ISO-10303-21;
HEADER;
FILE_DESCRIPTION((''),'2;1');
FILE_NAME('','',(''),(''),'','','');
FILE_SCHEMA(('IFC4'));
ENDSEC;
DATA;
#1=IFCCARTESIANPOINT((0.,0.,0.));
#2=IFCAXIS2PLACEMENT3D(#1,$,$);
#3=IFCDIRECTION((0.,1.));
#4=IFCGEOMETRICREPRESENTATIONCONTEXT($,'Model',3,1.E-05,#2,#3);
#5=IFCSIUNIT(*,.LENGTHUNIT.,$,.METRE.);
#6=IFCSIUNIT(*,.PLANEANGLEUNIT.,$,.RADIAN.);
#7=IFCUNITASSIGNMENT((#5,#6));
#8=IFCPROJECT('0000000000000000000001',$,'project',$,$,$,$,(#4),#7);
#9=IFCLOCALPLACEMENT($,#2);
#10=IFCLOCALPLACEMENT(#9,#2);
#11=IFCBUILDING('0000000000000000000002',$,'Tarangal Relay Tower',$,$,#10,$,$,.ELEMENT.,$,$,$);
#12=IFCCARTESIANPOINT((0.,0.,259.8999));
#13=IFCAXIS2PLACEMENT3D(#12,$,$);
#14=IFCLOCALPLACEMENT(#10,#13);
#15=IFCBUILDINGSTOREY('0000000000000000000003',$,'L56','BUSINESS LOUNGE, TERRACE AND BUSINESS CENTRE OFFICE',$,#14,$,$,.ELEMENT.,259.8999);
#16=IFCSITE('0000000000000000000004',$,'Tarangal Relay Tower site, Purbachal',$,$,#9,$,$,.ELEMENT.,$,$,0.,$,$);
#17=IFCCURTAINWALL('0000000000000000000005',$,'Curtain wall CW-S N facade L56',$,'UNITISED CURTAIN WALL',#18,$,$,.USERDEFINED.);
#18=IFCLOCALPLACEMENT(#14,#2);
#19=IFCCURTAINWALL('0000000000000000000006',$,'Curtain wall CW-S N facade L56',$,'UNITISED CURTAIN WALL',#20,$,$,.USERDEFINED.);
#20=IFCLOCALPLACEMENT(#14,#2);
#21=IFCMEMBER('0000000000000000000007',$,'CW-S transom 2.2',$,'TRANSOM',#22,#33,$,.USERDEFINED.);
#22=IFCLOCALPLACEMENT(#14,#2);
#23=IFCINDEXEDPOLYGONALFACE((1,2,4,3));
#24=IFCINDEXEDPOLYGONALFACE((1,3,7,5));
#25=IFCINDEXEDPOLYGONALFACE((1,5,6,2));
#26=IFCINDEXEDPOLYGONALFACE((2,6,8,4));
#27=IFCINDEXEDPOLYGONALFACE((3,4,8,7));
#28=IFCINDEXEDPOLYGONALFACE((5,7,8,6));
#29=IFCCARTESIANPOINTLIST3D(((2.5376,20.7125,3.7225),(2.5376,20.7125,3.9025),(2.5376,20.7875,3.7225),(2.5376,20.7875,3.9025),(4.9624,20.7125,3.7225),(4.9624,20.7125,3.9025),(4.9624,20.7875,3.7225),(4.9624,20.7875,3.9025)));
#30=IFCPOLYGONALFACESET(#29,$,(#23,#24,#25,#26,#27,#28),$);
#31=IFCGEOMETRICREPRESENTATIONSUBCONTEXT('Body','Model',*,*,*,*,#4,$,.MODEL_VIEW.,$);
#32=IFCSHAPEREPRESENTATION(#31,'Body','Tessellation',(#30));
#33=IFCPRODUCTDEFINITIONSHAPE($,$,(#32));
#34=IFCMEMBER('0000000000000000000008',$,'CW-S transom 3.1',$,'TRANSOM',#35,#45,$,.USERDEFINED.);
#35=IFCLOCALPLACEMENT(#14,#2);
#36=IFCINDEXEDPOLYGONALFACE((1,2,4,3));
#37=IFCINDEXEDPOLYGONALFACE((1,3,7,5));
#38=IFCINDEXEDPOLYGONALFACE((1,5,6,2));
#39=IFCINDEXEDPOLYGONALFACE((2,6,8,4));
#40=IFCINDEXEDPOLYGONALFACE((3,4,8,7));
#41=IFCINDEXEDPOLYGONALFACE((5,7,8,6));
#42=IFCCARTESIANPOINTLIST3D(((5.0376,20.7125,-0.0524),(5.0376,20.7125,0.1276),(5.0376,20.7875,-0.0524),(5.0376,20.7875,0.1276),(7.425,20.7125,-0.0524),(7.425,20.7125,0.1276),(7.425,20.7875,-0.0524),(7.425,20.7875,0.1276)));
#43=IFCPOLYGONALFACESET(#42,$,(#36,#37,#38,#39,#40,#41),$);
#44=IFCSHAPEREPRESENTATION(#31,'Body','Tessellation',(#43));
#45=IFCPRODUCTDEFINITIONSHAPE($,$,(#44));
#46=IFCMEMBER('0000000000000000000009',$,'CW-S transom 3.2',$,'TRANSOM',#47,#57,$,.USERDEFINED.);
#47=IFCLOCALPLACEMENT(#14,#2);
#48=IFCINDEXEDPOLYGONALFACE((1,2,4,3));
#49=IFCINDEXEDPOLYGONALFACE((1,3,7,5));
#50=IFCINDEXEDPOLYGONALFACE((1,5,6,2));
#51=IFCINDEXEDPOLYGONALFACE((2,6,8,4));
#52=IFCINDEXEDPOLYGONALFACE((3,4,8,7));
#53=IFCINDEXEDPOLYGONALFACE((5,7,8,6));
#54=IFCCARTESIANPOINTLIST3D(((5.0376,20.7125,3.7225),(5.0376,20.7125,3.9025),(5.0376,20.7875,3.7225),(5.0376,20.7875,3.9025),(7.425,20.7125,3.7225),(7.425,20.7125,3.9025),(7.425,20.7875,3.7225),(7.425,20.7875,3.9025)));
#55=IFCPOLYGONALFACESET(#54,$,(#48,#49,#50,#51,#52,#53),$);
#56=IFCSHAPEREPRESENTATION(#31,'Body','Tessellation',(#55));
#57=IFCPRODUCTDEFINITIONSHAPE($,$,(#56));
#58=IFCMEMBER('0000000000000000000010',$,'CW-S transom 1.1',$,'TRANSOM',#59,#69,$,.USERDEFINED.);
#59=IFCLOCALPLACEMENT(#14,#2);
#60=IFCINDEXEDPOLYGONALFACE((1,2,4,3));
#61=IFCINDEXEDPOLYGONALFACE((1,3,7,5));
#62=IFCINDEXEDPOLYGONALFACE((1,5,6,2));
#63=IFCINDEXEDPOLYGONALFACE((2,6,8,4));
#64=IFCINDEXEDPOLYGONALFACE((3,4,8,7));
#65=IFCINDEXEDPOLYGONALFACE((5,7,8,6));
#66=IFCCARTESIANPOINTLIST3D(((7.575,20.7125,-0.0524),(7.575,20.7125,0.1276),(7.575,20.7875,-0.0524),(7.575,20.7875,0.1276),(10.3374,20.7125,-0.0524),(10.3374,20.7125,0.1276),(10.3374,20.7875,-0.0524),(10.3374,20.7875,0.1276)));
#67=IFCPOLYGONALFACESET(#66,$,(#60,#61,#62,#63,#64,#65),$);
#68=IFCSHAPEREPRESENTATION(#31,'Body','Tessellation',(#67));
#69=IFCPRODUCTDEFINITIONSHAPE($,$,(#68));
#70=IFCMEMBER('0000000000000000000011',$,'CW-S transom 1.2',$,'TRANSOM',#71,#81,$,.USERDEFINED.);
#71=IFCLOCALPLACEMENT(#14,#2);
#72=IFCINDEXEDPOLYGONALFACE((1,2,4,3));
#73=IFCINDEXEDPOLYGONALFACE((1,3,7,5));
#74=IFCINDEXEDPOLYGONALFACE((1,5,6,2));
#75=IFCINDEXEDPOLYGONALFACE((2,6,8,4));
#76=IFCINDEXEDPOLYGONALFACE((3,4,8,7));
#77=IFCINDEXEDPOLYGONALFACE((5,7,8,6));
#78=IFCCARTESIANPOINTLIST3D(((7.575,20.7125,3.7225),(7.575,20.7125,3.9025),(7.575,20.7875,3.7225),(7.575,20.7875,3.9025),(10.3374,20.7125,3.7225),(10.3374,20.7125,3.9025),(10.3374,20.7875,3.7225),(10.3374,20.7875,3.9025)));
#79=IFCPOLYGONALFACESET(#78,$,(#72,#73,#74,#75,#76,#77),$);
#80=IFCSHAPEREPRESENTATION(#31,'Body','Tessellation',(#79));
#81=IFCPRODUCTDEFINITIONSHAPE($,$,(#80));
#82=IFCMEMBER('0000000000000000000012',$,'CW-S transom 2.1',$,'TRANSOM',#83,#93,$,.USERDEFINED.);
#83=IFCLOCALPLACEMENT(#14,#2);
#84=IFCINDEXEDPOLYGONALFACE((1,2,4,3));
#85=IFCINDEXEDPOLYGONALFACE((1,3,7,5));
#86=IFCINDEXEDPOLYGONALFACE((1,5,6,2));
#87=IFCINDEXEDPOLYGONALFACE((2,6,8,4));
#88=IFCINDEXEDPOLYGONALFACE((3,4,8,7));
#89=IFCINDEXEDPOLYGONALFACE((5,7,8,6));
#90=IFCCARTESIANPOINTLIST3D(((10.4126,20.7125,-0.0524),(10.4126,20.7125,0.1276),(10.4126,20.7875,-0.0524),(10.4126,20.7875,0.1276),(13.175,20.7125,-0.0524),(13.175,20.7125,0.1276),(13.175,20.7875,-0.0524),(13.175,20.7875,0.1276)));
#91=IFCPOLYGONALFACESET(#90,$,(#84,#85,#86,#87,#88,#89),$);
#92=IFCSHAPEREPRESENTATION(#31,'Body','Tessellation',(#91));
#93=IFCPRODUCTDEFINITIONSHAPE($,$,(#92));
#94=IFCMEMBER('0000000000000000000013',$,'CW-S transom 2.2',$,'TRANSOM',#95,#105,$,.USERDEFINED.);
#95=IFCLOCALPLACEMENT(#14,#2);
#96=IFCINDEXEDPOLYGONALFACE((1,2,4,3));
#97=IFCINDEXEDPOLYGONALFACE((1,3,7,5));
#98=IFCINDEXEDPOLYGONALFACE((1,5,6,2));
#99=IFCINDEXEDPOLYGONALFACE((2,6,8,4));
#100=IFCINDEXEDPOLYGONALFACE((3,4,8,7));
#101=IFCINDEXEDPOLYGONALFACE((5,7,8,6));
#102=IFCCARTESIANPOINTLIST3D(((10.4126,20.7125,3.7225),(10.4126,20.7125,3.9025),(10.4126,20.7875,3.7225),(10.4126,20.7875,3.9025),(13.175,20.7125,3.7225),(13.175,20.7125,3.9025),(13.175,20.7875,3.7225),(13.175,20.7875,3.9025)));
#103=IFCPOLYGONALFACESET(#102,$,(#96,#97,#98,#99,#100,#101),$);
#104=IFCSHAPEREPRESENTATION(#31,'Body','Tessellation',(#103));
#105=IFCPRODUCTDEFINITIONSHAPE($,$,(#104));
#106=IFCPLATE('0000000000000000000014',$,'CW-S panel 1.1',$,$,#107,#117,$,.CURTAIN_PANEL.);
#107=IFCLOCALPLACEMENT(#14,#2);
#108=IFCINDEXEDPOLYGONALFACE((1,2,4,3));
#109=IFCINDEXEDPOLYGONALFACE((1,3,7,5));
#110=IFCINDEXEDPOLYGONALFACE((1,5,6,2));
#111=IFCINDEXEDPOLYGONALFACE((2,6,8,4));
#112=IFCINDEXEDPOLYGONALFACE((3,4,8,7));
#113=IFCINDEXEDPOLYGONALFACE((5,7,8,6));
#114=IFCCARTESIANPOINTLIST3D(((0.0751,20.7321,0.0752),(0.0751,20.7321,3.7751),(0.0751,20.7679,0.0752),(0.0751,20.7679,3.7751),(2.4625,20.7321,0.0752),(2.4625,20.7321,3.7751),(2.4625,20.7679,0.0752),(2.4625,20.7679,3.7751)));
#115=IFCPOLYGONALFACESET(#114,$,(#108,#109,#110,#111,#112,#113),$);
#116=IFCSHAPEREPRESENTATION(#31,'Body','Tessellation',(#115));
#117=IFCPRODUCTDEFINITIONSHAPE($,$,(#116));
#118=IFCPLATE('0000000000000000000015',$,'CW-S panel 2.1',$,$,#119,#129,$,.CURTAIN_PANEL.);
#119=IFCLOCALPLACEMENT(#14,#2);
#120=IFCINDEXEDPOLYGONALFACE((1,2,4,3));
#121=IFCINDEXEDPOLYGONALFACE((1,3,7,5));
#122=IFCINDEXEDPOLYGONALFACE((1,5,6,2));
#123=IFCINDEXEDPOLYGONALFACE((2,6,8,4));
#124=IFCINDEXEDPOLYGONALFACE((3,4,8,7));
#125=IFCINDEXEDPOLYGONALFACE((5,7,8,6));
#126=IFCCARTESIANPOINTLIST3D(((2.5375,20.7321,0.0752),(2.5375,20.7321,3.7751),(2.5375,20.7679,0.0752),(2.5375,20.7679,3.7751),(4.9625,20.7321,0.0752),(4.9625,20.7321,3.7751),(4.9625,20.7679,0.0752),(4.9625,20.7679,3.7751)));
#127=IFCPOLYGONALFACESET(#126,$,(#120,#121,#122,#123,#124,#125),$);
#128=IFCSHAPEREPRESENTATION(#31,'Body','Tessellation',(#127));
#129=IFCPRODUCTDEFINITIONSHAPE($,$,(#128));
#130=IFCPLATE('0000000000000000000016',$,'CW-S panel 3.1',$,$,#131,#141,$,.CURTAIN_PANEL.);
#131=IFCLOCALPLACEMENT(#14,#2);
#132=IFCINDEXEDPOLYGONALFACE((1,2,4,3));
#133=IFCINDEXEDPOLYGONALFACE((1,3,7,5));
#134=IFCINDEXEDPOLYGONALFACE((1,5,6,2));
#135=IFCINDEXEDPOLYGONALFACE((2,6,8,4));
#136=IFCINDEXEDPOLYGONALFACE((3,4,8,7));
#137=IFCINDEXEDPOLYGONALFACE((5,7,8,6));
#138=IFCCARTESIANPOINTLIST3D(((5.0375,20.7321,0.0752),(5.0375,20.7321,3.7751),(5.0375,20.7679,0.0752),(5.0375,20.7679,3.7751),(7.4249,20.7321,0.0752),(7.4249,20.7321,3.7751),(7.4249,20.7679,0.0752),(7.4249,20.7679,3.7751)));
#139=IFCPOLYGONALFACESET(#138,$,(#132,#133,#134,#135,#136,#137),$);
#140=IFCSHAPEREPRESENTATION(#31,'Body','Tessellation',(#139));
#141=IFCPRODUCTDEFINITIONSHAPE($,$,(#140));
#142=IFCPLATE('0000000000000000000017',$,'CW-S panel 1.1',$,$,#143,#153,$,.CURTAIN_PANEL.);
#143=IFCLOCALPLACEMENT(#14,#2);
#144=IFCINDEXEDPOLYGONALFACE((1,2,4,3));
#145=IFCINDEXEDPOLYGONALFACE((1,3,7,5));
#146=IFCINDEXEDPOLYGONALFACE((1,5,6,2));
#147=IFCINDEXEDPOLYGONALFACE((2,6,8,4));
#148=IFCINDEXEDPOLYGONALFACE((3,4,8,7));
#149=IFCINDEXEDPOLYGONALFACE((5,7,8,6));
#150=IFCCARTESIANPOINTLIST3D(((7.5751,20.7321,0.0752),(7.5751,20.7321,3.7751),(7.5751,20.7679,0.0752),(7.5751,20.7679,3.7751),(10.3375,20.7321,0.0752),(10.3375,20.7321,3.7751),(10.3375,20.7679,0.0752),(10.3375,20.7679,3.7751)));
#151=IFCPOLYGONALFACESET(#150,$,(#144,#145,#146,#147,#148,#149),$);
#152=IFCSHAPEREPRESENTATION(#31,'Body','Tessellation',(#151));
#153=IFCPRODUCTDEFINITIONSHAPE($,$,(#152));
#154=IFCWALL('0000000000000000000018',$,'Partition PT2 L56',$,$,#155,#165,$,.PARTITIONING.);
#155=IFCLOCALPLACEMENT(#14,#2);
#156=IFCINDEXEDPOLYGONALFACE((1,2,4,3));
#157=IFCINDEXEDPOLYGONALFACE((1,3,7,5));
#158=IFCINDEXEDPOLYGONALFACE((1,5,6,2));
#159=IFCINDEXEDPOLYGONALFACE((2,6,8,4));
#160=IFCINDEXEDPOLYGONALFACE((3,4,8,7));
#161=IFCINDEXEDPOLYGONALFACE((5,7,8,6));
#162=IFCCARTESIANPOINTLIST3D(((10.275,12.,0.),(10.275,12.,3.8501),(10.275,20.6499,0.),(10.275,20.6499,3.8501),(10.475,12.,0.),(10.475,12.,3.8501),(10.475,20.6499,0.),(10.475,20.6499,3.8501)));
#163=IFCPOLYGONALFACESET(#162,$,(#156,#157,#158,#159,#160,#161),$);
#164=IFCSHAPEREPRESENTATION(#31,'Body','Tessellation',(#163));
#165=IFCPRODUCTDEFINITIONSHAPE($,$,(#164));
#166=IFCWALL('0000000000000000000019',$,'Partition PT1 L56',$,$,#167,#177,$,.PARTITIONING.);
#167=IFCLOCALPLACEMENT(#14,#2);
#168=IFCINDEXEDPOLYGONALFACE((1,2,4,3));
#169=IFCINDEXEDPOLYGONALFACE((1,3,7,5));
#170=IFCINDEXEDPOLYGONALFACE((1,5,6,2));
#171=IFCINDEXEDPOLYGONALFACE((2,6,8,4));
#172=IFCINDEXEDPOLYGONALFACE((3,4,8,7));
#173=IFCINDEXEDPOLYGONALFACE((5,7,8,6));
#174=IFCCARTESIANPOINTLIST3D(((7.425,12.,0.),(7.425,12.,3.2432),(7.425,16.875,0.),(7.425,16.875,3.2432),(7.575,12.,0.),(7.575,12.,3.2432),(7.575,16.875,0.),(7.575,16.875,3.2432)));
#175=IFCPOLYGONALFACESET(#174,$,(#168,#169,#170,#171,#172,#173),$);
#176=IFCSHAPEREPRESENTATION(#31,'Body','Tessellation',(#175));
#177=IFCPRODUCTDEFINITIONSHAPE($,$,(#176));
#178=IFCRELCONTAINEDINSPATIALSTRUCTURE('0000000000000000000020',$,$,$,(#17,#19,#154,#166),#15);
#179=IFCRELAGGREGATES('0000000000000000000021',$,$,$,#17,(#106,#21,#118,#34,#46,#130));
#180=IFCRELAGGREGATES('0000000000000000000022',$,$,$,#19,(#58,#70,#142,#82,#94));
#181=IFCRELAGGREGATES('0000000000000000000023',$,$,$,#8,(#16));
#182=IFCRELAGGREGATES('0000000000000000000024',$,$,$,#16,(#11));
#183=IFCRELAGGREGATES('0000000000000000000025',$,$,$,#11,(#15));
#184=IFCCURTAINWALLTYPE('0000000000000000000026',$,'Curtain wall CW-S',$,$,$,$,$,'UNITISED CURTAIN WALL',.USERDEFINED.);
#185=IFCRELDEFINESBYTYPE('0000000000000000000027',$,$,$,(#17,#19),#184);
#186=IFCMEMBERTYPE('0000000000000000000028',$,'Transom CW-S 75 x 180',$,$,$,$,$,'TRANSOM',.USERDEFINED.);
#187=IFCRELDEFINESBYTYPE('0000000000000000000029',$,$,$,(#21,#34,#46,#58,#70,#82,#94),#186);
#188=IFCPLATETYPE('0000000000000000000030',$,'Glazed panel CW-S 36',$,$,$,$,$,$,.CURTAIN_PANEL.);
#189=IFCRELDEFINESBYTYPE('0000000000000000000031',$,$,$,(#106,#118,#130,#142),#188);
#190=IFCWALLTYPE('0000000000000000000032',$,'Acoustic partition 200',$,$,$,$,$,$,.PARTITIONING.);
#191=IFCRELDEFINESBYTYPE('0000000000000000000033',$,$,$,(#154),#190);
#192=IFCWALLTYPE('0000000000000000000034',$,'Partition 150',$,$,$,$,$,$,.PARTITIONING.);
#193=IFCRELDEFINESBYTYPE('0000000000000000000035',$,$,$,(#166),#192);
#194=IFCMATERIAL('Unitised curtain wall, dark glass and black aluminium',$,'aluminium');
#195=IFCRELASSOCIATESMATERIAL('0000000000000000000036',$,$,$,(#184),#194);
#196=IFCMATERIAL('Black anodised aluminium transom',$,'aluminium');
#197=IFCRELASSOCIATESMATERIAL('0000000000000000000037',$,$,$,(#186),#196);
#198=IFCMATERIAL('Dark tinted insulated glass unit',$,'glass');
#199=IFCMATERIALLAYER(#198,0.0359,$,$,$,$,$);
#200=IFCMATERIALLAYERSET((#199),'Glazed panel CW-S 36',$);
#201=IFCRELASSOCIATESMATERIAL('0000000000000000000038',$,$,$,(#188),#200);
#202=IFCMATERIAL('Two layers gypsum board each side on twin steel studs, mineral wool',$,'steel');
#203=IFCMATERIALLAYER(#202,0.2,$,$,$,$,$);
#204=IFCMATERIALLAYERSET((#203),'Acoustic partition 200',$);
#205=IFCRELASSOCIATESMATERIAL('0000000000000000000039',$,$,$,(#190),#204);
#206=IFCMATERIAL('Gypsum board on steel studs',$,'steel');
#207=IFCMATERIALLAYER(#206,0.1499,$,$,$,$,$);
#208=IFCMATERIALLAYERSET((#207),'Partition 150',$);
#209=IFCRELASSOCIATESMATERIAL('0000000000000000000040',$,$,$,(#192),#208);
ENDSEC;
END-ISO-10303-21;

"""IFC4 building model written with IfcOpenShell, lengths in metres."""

from ifc_helpers import new_model, si_unit, direction, frame, frame_2d, origin, origin_2d, place, context, subcontext, project, spatial, rectangle, extrude, material, layer, layer_set, material_profile, profile_set, type_object, element, aggregate, save


model = new_model("IFC4")

# Units and contexts
model_context = context("Model", 3, precision=1e-05, world=origin(), true_north=direction((0.0, 1.0)))
body_context = subcontext(model_context, "Body", "Model", "MODEL_VIEW")
ifc_project = project(units=[si_unit("LENGTHUNIT", "METRE"), si_unit("PLANEANGLEUNIT", "RADIAN")], contexts=[model_context])

# Site, building, storey
site_placement = place(None, origin())
site = spatial("IfcSite", under=ifc_project, at=site_placement, Name="Tarangal Relay Tower site, Purbachal", CompositionType="ELEMENT", RefElevation=0.0)
building_placement = place(site_placement, origin())
building = spatial("IfcBuilding", under=site, at=building_placement, Name="Tarangal Relay Tower", CompositionType="ELEMENT")
storey_placement = place(building_placement, frame((0.0, 0.0, 259.8999)))
storey = spatial("IfcBuildingStorey", under=building, at=storey_placement, Name="L56", Description="BUSINESS LOUNGE, TERRACE AND BUSINESS CENTRE OFFICE", CompositionType="ELEMENT", Elevation=259.8999)

# Curtain walls
ifc_material_1 = material(Name="Unitised curtain wall, dark glass and black aluminium", Category="aluminium")
curtain_wall_type = type_object("IfcCurtainWallType", Name="Curtain wall CW-S", ElementType="UNITISED CURTAIN WALL", PredefinedType="USERDEFINED", material=ifc_material_1)
curtain_wall_1_placement = place(storey_placement, origin())
curtain_wall_1 = element("IfcCurtainWall", 1, at=curtain_wall_1_placement, inside=storey, type_object=curtain_wall_type, Name="Curtain wall CW-S N facade L56", ObjectType="UNITISED CURTAIN WALL", PredefinedType="USERDEFINED")
curtain_wall_2_placement = place(storey_placement, origin())
curtain_wall_2 = element("IfcCurtainWall", 2, at=curtain_wall_2_placement, inside=storey, type_object=curtain_wall_type, Name="Curtain wall CW-S N facade L56", ObjectType="UNITISED CURTAIN WALL", PredefinedType="USERDEFINED")

# Members
ifc_material_2 = material(Name="Black anodised aluminium transom", Category="aluminium")
ifc_material_profile_1 = material_profile(ifc_material_2, rectangle(XDim=0.075, YDim=0.1799, at=origin_2d()), Name="CW-ST 75X180")
ifc_profile_set_1 = profile_set([ifc_material_profile_1], Name="Black anodised aluminium transom")
member_type_1 = type_object("IfcMemberType", Name="Transom CW-S 75 x 180", ElementType="TRANSOM", PredefinedType="USERDEFINED", material=ifc_profile_set_1)
member_1_placement = place(storey_placement, frame((2.5376, 20.75, 3.8125), z_axis=(1.0, 0.0, 0.0), x_axis=(0.0, 1.0, 0.0)))
member_1 = element("IfcMember", 3, at=member_1_placement, type_object=member_type_1, Name="CW-S transom 2.2", ObjectType="TRANSOM", PredefinedType="USERDEFINED", context=body_context, shape_type="SweptSolid", body=[
    extrude(rectangle(XDim=0.075, YDim=0.1799, at=origin_2d()), origin(), (0.0, 0.0, 1.0), 2.4248),
])
member_2_placement = place(storey_placement, frame((5.0376, 20.75, 0.0376), z_axis=(1.0, 0.0, 0.0), x_axis=(0.0, 1.0, 0.0)))
member_2 = element("IfcMember", 4, at=member_2_placement, type_object=member_type_1, Name="CW-S transom 3.1", ObjectType="TRANSOM", PredefinedType="USERDEFINED", context=body_context, shape_type="SweptSolid", body=[
    extrude(rectangle(XDim=0.075, YDim=0.1799, at=origin_2d()), origin(), (0.0, 0.0, 1.0), 2.3875),
])
member_3_placement = place(storey_placement, frame((5.0376, 20.75, 3.8125), z_axis=(1.0, 0.0, 0.0), x_axis=(0.0, 1.0, 0.0)))
member_3 = element("IfcMember", 5, at=member_3_placement, type_object=member_type_1, Name="CW-S transom 3.2", ObjectType="TRANSOM", PredefinedType="USERDEFINED", context=body_context, shape_type="SweptSolid", body=[
    extrude(rectangle(XDim=0.075, YDim=0.1799, at=origin_2d()), origin(), (0.0, 0.0, 1.0), 2.3875),
])
member_4_placement = place(storey_placement, frame((7.575, 20.75, 0.0376), z_axis=(1.0, 0.0, 0.0), x_axis=(0.0, 1.0, 0.0)))
member_4 = element("IfcMember", 6, at=member_4_placement, type_object=member_type_1, Name="CW-S transom 1.1", ObjectType="TRANSOM", PredefinedType="USERDEFINED", context=body_context, shape_type="SweptSolid", body=[
    extrude(rectangle(XDim=0.075, YDim=0.1799, at=origin_2d()), origin(), (0.0, 0.0, 1.0), 2.7625),
])
member_5_placement = place(storey_placement, frame((7.575, 20.75, 3.8125), z_axis=(1.0, 0.0, 0.0), x_axis=(0.0, 1.0, 0.0)))
member_5 = element("IfcMember", 7, at=member_5_placement, type_object=member_type_1, Name="CW-S transom 1.2", ObjectType="TRANSOM", PredefinedType="USERDEFINED", context=body_context, shape_type="SweptSolid", body=[
    extrude(rectangle(XDim=0.075, YDim=0.1799, at=origin_2d()), origin(), (0.0, 0.0, 1.0), 2.7625),
])
member_6_placement = place(storey_placement, frame((10.4126, 20.75, 0.0376), z_axis=(1.0, 0.0, 0.0), x_axis=(0.0, 1.0, 0.0)))
member_6 = element("IfcMember", 8, at=member_6_placement, type_object=member_type_1, Name="CW-S transom 2.1", ObjectType="TRANSOM", PredefinedType="USERDEFINED", context=body_context, shape_type="SweptSolid", body=[
    extrude(rectangle(XDim=0.075, YDim=0.1799, at=origin_2d()), origin(), (0.0, 0.0, 1.0), 2.7625),
])
member_7_placement = place(storey_placement, frame((10.4126, 20.75, 3.8125), z_axis=(1.0, 0.0, 0.0), x_axis=(0.0, 1.0, 0.0)))
member_7 = element("IfcMember", 9, at=member_7_placement, type_object=member_type_1, Name="CW-S transom 2.2", ObjectType="TRANSOM", PredefinedType="USERDEFINED", context=body_context, shape_type="SweptSolid", body=[
    extrude(rectangle(XDim=0.075, YDim=0.1799, at=origin_2d()), origin(), (0.0, 0.0, 1.0), 2.7625),
])

# Plates
ifc_material_3 = material(Name="Dark tinted insulated glass unit", Category="glass")
ifc_layer_1 = layer(ifc_material_3, 0.0359)
ifc_layer_set_1 = layer_set([ifc_layer_1], Name="Glazed panel CW-S 36")
plate_type = type_object("IfcPlateType", Name="Glazed panel CW-S 36", PredefinedType="CURTAIN_PANEL", material=ifc_layer_set_1)
plate_1_placement = place(storey_placement, frame((1.2688, 20.75, 0.0752), z_axis=(0.0, 0.0, 1.0), x_axis=(1.0, 0.0, 0.0)))
plate_1 = element("IfcPlate", 10, at=plate_1_placement, type_object=plate_type, Name="CW-S panel 1.1", PredefinedType="CURTAIN_PANEL", context=body_context, shape_type="SweptSolid", body=[
    extrude(rectangle(XDim=2.3875, YDim=0.0359, at=origin_2d()), origin(), (0.0, 0.0, 1.0), 3.7),
])
plate_2_placement = place(storey_placement, frame((3.75, 20.75, 0.0752), z_axis=(0.0, 0.0, 1.0), x_axis=(1.0, 0.0, 0.0)))
plate_2 = element("IfcPlate", 11, at=plate_2_placement, type_object=plate_type, Name="CW-S panel 2.1", PredefinedType="CURTAIN_PANEL", context=body_context, shape_type="SweptSolid", body=[
    extrude(rectangle(XDim=2.425, YDim=0.0359, at=origin_2d()), origin(), (0.0, 0.0, 1.0), 3.7),
])
plate_3_placement = place(storey_placement, frame((6.2312, 20.75, 0.0752), z_axis=(0.0, 0.0, 1.0), x_axis=(1.0, 0.0, 0.0)))
plate_3 = element("IfcPlate", 12, at=plate_3_placement, type_object=plate_type, Name="CW-S panel 3.1", PredefinedType="CURTAIN_PANEL", context=body_context, shape_type="SweptSolid", body=[
    extrude(rectangle(XDim=2.3875, YDim=0.0359, at=origin_2d()), origin(), (0.0, 0.0, 1.0), 3.7),
])
aggregate(curtain_wall_1, [plate_1, member_1, plate_2, member_2, member_3, plate_3])
plate_4_placement = place(storey_placement, frame((8.9563, 20.75, 0.0752), z_axis=(0.0, 0.0, 1.0), x_axis=(1.0, 0.0, 0.0)))
plate_4 = element("IfcPlate", 13, at=plate_4_placement, type_object=plate_type, Name="CW-S panel 1.1", PredefinedType="CURTAIN_PANEL", context=body_context, shape_type="SweptSolid", body=[
    extrude(rectangle(XDim=2.7625, YDim=0.0359, at=origin_2d()), origin(), (0.0, 0.0, 1.0), 3.7),
])
aggregate(curtain_wall_2, [member_4, member_5, plate_4, member_6, member_7])

# Walls
ifc_material_4 = material(Name="Two layers gypsum board each side on twin steel studs, mineral wool", Category="steel")
ifc_layer_2 = layer(ifc_material_4, 0.2)
ifc_layer_set_2 = layer_set([ifc_layer_2], Name="Acoustic partition 200")
wall_type_1 = type_object("IfcWallType", Name="Acoustic partition 200", PredefinedType="PARTITIONING", material=ifc_layer_set_2)
wall_1_placement = place(storey_placement, frame((10.375, 12.0, 0.0), z_axis=(0.0, 0.0, 1.0), x_axis=(0.0, 1.0, 0.0)))
element("IfcWall", 14, at=wall_1_placement, inside=storey, type_object=wall_type_1, Name="Partition PT2 L56", PredefinedType="PARTITIONING", context=body_context, shape_type="SweptSolid", body=[
    extrude(rectangle(XDim=8.6499, YDim=0.2, at=frame_2d((4.325, 0.0))), origin(), (0.0, 0.0, 1.0), 3.8501),
])
ifc_material_5 = material(Name="Gypsum board on steel studs", Category="steel")
ifc_layer_3 = layer(ifc_material_5, 0.1499)
ifc_layer_set_3 = layer_set([ifc_layer_3], Name="Partition 150")
wall_type_2 = type_object("IfcWallType", Name="Partition 150", PredefinedType="PARTITIONING", material=ifc_layer_set_3)
wall_2_placement = place(storey_placement, frame((7.5, 12.0, 0.0), z_axis=(0.0, 0.0, 1.0), x_axis=(0.0, 1.0, 0.0)))
element("IfcWall", 15, at=wall_2_placement, inside=storey, type_object=wall_type_2, Name="Partition PT1 L56", PredefinedType="PARTITIONING", context=body_context, shape_type="SweptSolid", body=[
    extrude(rectangle(XDim=4.875, YDim=0.1499, at=frame_2d((2.4375, 0.0))), origin(), (0.0, 0.0, 1.0), 3.2432),
])

save(model, "model.ifc")
